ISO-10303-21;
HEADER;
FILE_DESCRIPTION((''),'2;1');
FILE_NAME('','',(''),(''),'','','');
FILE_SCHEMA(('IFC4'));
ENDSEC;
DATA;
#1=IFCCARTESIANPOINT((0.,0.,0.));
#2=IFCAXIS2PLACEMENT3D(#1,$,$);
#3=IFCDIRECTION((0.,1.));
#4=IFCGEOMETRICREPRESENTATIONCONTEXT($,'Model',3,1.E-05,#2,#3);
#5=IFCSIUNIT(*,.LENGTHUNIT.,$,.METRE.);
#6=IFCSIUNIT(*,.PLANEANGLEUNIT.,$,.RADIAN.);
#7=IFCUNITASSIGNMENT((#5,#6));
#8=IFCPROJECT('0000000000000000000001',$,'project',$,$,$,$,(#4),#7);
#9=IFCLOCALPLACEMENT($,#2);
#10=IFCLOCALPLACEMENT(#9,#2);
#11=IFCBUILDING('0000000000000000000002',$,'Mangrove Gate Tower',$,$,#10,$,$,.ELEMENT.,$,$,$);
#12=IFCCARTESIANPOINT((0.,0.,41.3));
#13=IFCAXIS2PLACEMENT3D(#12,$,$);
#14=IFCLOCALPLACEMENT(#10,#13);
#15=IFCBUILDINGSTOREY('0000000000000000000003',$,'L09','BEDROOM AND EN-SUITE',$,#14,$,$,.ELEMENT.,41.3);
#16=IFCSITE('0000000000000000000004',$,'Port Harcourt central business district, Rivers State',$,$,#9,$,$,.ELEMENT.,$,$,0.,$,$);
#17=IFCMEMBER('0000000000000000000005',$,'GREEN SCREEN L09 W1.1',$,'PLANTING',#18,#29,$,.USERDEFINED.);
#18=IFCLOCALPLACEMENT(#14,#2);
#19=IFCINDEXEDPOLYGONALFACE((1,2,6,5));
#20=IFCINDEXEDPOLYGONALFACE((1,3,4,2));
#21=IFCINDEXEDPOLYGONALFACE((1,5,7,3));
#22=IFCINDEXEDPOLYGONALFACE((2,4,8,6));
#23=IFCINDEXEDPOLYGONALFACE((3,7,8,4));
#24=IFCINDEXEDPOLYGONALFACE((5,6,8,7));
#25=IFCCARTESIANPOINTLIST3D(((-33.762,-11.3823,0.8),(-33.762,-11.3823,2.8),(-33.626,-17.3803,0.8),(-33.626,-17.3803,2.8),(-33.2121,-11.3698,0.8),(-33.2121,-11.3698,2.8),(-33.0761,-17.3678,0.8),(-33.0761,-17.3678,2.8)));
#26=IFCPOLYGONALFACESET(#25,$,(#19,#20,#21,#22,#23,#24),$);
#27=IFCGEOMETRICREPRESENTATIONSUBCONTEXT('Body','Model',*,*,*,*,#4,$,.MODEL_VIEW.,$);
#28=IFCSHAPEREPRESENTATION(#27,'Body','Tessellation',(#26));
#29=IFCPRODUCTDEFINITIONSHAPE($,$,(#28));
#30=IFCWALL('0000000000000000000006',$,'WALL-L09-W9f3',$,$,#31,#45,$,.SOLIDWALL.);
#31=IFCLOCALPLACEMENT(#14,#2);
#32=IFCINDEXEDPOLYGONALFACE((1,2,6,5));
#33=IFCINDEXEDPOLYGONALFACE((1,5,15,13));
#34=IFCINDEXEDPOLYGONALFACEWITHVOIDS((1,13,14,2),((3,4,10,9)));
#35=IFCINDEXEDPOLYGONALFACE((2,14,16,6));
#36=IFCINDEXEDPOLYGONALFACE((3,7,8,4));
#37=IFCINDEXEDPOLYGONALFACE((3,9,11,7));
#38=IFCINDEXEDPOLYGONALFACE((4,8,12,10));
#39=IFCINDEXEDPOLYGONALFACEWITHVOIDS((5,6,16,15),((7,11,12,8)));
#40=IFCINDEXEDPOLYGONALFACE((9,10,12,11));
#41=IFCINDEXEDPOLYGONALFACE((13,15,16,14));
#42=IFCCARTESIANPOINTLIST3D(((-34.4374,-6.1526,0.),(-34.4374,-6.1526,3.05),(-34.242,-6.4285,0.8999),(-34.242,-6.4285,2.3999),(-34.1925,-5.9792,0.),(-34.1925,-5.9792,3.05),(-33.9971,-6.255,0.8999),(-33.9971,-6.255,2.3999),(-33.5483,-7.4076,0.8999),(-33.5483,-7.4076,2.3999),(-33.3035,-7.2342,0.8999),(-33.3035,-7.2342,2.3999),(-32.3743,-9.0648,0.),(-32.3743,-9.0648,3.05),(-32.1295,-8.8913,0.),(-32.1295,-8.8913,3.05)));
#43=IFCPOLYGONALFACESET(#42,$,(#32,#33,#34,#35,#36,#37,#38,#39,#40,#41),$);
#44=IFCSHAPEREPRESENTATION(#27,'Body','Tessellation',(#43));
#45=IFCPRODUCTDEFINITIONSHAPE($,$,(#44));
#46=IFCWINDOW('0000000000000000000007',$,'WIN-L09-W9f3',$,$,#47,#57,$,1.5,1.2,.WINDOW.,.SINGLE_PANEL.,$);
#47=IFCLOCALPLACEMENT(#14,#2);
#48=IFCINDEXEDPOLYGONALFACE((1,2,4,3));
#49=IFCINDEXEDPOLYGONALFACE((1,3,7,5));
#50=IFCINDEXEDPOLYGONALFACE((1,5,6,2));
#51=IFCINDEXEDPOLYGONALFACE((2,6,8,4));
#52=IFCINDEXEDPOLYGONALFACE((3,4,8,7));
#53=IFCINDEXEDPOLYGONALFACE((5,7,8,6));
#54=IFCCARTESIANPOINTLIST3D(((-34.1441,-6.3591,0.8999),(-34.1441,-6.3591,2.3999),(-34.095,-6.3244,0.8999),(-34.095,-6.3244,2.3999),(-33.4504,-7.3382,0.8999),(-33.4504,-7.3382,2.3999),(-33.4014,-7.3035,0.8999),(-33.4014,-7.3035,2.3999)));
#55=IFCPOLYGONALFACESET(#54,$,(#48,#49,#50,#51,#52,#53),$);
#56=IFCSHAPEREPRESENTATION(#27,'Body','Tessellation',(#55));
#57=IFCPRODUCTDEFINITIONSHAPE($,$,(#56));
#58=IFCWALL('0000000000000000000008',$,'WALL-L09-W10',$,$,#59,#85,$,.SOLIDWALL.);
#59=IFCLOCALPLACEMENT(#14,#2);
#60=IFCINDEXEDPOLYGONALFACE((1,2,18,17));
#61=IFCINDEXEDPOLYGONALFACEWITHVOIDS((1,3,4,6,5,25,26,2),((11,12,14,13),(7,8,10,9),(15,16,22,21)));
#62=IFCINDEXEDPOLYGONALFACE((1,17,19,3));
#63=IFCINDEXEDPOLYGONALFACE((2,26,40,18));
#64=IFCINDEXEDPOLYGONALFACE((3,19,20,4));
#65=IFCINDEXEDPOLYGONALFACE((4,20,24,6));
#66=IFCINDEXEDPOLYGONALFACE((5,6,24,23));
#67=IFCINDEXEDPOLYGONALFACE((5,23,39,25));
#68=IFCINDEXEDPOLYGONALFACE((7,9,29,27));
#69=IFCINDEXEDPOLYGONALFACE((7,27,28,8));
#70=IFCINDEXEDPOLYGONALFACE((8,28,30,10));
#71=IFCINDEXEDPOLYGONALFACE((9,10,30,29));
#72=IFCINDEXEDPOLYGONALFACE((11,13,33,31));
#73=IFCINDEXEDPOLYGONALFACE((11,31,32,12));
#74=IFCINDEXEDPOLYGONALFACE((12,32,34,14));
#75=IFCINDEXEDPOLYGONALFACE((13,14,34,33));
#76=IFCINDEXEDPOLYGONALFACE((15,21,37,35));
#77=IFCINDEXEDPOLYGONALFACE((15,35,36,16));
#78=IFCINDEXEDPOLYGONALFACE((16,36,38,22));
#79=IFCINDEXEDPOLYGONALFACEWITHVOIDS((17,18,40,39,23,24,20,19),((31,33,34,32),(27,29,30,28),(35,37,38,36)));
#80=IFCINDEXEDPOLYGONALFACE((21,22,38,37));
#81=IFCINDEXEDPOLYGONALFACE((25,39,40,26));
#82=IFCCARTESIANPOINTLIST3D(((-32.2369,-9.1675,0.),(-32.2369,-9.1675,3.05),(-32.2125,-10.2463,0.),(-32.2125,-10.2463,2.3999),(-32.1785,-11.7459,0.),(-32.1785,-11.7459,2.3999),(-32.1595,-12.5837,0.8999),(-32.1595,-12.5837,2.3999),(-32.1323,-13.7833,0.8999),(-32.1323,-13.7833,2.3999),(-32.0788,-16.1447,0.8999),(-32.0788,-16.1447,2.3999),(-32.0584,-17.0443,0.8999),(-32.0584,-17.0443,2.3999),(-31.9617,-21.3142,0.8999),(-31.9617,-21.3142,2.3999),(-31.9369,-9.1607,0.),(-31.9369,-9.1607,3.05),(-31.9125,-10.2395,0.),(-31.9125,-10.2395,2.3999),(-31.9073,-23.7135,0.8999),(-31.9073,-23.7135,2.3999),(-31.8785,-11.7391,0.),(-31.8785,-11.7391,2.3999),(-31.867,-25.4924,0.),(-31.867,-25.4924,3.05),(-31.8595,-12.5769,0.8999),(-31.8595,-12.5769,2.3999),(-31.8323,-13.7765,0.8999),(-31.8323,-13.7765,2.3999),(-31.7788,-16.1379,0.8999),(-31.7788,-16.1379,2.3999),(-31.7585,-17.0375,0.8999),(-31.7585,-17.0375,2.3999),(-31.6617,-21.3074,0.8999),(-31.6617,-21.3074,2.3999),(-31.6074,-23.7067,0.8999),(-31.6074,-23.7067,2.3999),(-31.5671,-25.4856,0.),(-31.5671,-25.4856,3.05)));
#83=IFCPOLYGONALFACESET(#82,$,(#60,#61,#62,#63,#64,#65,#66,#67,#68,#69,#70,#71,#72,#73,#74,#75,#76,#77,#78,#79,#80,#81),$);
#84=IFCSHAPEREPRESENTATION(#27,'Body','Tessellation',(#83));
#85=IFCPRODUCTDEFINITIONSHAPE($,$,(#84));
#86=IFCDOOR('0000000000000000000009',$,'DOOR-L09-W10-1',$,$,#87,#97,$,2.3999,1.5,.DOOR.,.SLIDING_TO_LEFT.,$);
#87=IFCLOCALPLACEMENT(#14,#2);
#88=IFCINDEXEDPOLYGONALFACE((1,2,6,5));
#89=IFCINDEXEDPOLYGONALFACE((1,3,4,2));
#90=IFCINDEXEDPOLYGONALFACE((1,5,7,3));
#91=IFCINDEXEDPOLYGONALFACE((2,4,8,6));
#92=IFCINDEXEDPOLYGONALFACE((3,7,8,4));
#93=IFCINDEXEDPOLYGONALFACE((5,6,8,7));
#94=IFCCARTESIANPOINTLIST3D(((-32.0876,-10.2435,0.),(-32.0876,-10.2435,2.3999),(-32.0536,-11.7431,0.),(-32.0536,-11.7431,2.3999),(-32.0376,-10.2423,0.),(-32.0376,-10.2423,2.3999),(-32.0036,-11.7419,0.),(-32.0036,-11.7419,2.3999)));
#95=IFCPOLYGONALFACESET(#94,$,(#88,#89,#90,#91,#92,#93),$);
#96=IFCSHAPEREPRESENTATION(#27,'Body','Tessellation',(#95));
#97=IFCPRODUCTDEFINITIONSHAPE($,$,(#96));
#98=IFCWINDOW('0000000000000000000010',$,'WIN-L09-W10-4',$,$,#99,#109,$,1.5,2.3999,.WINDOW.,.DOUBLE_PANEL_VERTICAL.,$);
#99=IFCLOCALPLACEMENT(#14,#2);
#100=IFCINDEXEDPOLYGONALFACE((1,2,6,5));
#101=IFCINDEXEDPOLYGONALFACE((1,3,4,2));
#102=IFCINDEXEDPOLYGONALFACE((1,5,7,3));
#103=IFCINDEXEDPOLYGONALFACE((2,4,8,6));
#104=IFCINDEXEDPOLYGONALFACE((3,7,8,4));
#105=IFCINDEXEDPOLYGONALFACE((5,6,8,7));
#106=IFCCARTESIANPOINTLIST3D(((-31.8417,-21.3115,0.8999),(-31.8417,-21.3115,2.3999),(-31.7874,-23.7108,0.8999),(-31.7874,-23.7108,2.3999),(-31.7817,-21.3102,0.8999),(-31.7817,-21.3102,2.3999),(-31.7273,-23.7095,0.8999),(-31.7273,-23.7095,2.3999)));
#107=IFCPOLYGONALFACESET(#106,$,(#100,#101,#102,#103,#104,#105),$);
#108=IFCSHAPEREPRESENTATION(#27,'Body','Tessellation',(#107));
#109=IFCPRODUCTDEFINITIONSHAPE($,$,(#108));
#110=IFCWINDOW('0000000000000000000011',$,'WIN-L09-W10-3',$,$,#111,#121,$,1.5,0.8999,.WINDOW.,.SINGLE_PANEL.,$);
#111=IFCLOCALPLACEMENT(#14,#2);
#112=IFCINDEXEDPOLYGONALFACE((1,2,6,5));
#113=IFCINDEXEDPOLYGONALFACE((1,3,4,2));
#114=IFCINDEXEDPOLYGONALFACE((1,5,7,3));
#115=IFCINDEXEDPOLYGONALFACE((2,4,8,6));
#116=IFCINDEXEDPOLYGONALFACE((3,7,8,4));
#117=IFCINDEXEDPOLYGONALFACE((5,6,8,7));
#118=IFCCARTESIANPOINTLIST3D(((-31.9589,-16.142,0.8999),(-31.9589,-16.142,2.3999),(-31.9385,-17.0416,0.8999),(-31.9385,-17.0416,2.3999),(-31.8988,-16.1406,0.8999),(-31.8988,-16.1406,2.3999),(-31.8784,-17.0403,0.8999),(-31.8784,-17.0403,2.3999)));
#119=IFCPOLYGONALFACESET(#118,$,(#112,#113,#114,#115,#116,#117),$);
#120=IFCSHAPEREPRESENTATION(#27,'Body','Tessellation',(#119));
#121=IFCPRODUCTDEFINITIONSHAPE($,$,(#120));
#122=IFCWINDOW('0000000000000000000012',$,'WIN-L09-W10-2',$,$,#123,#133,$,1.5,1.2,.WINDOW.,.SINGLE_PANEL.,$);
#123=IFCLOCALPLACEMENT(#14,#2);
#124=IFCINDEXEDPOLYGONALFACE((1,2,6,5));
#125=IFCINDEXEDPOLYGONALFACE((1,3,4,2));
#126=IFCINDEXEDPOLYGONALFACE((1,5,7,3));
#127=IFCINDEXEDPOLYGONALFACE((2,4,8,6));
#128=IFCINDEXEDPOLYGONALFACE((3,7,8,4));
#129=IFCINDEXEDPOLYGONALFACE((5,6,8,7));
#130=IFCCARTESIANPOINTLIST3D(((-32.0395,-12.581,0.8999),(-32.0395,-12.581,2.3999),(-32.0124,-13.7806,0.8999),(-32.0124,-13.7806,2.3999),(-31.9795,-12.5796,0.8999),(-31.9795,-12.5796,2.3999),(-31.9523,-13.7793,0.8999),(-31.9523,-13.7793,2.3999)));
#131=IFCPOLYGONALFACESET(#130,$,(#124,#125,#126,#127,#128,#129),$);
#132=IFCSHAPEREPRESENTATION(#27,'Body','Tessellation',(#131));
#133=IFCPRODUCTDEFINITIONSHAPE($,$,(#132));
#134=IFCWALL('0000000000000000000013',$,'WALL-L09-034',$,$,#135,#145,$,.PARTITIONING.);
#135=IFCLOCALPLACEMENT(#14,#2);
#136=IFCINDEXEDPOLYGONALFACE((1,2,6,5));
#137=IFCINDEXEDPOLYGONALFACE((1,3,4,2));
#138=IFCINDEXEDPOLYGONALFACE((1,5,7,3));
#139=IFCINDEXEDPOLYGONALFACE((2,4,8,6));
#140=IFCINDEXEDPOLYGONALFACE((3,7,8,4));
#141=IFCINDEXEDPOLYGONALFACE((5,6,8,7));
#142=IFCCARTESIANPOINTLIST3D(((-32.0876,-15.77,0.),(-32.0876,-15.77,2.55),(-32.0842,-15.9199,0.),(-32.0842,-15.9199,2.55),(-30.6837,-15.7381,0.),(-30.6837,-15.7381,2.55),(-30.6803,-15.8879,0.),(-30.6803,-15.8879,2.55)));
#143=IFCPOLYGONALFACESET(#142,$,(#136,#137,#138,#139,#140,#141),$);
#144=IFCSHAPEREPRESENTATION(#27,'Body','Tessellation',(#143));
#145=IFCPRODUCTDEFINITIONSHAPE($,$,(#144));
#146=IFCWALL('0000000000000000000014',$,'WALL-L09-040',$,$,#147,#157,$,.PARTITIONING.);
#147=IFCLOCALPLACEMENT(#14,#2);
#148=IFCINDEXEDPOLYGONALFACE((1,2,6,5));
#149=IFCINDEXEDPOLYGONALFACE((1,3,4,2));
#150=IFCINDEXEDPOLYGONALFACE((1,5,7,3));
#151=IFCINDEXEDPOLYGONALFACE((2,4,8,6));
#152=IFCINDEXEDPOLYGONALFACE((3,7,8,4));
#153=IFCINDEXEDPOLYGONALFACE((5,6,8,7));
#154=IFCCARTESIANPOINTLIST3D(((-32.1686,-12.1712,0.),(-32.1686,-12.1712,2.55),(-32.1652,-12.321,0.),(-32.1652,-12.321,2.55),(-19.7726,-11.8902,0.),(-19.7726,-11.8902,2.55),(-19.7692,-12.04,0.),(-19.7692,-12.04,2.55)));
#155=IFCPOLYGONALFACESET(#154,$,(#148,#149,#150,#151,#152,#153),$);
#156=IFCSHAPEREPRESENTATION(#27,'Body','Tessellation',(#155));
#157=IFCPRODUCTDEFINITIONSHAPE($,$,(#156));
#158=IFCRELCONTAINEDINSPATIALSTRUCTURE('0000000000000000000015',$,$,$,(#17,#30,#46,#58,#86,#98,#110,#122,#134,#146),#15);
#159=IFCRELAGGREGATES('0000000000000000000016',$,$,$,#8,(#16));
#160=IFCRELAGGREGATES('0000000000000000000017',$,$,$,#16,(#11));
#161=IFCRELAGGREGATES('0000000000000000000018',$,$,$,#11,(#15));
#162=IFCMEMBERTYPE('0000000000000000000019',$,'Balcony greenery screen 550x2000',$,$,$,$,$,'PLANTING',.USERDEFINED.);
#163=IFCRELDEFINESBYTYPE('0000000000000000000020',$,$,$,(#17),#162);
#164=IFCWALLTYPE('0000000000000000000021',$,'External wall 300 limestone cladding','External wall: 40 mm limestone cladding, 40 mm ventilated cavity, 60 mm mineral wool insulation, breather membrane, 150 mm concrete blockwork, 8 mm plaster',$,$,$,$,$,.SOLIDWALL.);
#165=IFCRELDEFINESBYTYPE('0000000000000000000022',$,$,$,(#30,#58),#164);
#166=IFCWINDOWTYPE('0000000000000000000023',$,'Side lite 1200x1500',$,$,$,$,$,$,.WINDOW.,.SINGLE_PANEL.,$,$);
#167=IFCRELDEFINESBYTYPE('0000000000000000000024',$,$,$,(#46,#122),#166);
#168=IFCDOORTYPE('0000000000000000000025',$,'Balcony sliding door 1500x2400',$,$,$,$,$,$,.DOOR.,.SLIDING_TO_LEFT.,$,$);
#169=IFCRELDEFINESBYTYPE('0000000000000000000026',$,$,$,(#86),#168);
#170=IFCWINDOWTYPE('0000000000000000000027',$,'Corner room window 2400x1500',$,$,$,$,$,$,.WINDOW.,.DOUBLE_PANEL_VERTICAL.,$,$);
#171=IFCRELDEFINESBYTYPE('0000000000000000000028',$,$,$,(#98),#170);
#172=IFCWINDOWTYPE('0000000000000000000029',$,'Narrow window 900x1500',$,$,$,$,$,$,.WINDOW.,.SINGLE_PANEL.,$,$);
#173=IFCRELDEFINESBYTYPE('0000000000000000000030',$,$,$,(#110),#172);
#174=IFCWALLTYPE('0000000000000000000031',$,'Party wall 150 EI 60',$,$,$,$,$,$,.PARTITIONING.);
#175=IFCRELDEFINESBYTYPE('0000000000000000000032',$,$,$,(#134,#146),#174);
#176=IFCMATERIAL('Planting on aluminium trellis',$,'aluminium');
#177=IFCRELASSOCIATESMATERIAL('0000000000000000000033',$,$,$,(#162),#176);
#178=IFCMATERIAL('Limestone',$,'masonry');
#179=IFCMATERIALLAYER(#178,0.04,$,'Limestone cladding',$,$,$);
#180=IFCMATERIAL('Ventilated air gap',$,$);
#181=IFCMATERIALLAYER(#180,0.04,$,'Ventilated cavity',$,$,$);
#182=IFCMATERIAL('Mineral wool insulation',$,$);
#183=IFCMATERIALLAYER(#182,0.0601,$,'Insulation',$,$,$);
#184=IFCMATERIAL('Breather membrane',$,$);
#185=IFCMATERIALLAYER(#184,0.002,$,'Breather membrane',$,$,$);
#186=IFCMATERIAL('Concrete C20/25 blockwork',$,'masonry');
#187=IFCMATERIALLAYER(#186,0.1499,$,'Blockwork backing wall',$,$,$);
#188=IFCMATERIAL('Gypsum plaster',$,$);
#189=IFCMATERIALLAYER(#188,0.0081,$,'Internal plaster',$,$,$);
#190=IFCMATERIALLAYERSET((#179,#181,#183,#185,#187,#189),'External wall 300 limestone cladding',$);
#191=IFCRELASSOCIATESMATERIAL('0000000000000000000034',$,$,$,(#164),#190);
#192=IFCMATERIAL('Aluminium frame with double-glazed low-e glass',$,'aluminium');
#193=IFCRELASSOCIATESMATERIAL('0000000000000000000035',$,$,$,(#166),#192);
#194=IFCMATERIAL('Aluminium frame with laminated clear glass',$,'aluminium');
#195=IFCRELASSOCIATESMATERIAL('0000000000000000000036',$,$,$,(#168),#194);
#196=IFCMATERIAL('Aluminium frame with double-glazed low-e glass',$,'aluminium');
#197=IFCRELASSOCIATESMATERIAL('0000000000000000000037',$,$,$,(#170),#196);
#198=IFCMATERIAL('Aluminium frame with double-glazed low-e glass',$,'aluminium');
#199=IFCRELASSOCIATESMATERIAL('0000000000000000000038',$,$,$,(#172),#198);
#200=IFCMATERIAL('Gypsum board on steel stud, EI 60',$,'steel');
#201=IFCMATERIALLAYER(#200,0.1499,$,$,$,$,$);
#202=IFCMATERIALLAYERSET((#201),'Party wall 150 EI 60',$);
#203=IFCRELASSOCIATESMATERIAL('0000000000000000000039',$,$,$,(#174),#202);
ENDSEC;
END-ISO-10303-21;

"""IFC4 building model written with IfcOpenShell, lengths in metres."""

from ifc_helpers import new_model, si_unit, direction, frame, frame_2d, origin, origin_2d, place, context, subcontext, project, spatial, rectangle, extrude, material, layer, layer_set, material_profile, profile_set, type_object, element, fill, save


model = new_model("IFC4")

# Units and contexts
model_context = context("Model", 3, precision=1e-05, world=origin(), true_north=direction((0.0, 1.0)))
body_context = subcontext(model_context, "Body", "Model", "MODEL_VIEW")
ifc_project = project(units=[si_unit("LENGTHUNIT", "METRE"), si_unit("PLANEANGLEUNIT", "RADIAN")], contexts=[model_context])

# Site, building, storey
site_placement = place(None, origin())
site = spatial("IfcSite", under=ifc_project, at=site_placement, Name="Port Harcourt central business district, Rivers State", CompositionType="ELEMENT", RefElevation=0.0)
building_placement = place(site_placement, origin())
building = spatial("IfcBuilding", under=site, at=building_placement, Name="Mangrove Gate Tower", CompositionType="ELEMENT")
storey_placement = place(building_placement, frame((0.0, 0.0, 41.3)))
storey = spatial("IfcBuildingStorey", under=building, at=storey_placement, Name="L09", Description="BEDROOM AND EN-SUITE", CompositionType="ELEMENT", Elevation=41.3)

# Member
ifc_material_1 = material(Name="Planting on aluminium trellis", Category="aluminium")
ifc_material_profile = material_profile(ifc_material_1, rectangle(XDim=0.55, YDim=2.0, at=origin_2d()))
ifc_profile_set = profile_set([ifc_material_profile], Name="Planting on aluminium trellis")
member_type = type_object("IfcMemberType", Name="Balcony greenery screen 550x2000", ElementType="PLANTING", PredefinedType="USERDEFINED", material=ifc_profile_set)
member_placement = place(storey_placement, frame((-33.3511, -17.374, 1.8), z_axis=(-0.022666, 0.999743, 0.0), x_axis=(-0.999743, -0.022666, 0.0)))
element("IfcMember", 1, at=member_placement, inside=storey, type_object=member_type, Name="GREEN SCREEN L09 W1.1", ObjectType="PLANTING", PredefinedType="USERDEFINED", context=body_context, shape_type="SweptSolid", body=[
    extrude(rectangle(XDim=0.55, YDim=2.0, at=origin_2d()), origin(), (0.0, 0.0, 1.0), 5.9995),
])

# Wall, opening, window
ifc_material_2 = material(Name="Limestone", Category="masonry")
ifc_layer_1 = layer(ifc_material_2, 0.04, Name="Limestone cladding")
ifc_material_3 = material(Name="Ventilated air gap")
ifc_layer_2 = layer(ifc_material_3, 0.04, Name="Ventilated cavity")
ifc_material_4 = material(Name="Mineral wool insulation")
ifc_layer_3 = layer(ifc_material_4, 0.0601, Name="Insulation")
ifc_material_5 = material(Name="Breather membrane")
ifc_layer_4 = layer(ifc_material_5, 0.002, Name="Breather membrane")
ifc_material_6 = material(Name="Concrete C20/25 blockwork", Category="masonry")
ifc_layer_5 = layer(ifc_material_6, 0.1499, Name="Blockwork backing wall")
ifc_material_7 = material(Name="Gypsum plaster")
ifc_layer_6 = layer(ifc_material_7, 0.0081, Name="Internal plaster")
ifc_layer_set_1 = layer_set([ifc_layer_1, ifc_layer_2, ifc_layer_3, ifc_layer_4, ifc_layer_5, ifc_layer_6], Name="External wall 300 limestone cladding")
wall_type_1 = type_object("IfcWallType", Name="External wall 300 limestone cladding", Description="External wall: 40 mm limestone cladding, 40 mm ventilated cavity, 60 mm mineral wool insulation, breather membrane, 150 mm concrete blockwork, 8 mm plaster", PredefinedType="SOLIDWALL", material=ifc_layer_set_1)
wall_1_placement = place(storey_placement, frame((-34.3149, -6.0659, 0.0), z_axis=(0.0, 0.0, 1.0), x_axis=(0.578063, -0.815992, 0.0)))
wall_1 = element("IfcWall", 2, at=wall_1_placement, inside=storey, type_object=wall_type_1, Name="WALL-L09-W9f3", PredefinedType="SOLIDWALL", context=body_context, shape_type="SweptSolid", body=[
    extrude(rectangle(XDim=3.5688, YDim=0.3, at=frame_2d((1.7844, 0.0))), origin(), (0.0, 0.0, 1.0), 3.05),
])
opening_1_placement = place(wall_1_placement, frame((0.3379, 0.0, 0.8999)))
opening_1 = element("IfcOpeningElement", 3, at=opening_1_placement, cuts=wall_1, PredefinedType="OPENING", context=body_context, shape_type="SweptSolid", body=[
    extrude(rectangle(XDim=1.2, YDim=1.5, at=frame_2d((0.6001, 0.75))), frame((0.0, 0.1599, 0.0), z_axis=(0.0, -1.0, 0.0), x_axis=(1.0, 0.0, 0.0)), (0.0, 0.0, 1.0), 0.3201),
])
ifc_material_8 = material(Name="Aluminium frame with double-glazed low-e glass", Category="aluminium")
window_type_1 = type_object("IfcWindowType", Name="Side lite 1200x1500", PartitioningType="SINGLE_PANEL", PredefinedType="WINDOW", material=ifc_material_8)
window_1_placement = place(opening_1_placement, origin())
window_1 = element("IfcWindow", 4, at=window_1_placement, inside=storey, type_object=window_type_1, Name="WIN-L09-W9f3", OverallHeight=1.5, OverallWidth=1.2, PartitioningType="SINGLE_PANEL", PredefinedType="WINDOW", context=body_context, shape_type="SweptSolid", body=[
    extrude(rectangle(XDim=1.2, YDim=1.5, at=frame_2d((0.6001, 0.75))), frame((0.0, 0.03, 0.0), z_axis=(0.0, -1.0, 0.0), x_axis=(1.0, 0.0, 0.0)), (0.0, 0.0, 1.0), 0.0601),
])
fill(opening_1, window_1)

# Wall, openings, door, windows
wall_2_placement = place(storey_placement, frame((-32.0869, -9.1641, 0.0), z_axis=(0.0, 0.0, 1.0), x_axis=(0.022651, -0.999743, 0.0)))
wall_2 = element("IfcWall", 5, at=wall_2_placement, inside=storey, type_object=wall_type_1, Name="WALL-L09-W10", PredefinedType="SOLIDWALL", context=body_context, shape_type="SweptSolid", body=[
    extrude(rectangle(XDim=16.3291, YDim=0.3, at=frame_2d((8.1646, 0.0))), origin(), (0.0, 0.0, 1.0), 3.05),
])
opening_2_placement = place(wall_2_placement, frame((1.0791, 0.0, 0.0)))
opening_2 = element("IfcOpeningElement", 6, at=opening_2_placement, cuts=wall_2, PredefinedType="OPENING", context=body_context, shape_type="SweptSolid", body=[
    extrude(rectangle(XDim=1.5, YDim=2.3999, at=frame_2d((0.75, 1.2))), frame((0.0, 0.1599, 0.0), z_axis=(0.0, -1.0, 0.0), x_axis=(1.0, 0.0, 0.0)), (0.0, 0.0, 1.0), 0.3201),
])
opening_3_placement = place(wall_2_placement, frame((3.417, 0.0, 0.8999)))
opening_3 = element("IfcOpeningElement", 7, at=opening_3_placement, cuts=wall_2, PredefinedType="OPENING", context=body_context, shape_type="SweptSolid", body=[
    extrude(rectangle(XDim=1.2, YDim=1.5, at=frame_2d((0.6001, 0.75))), frame((0.0, 0.1599, 0.0), z_axis=(0.0, -1.0, 0.0), x_axis=(1.0, 0.0, 0.0)), (0.0, 0.0, 1.0), 0.3201),
])
opening_4_placement = place(wall_2_placement, frame((6.979, 0.0, 0.8999)))
opening_4 = element("IfcOpeningElement", 8, at=opening_4_placement, cuts=wall_2, PredefinedType="OPENING", context=body_context, shape_type="SweptSolid", body=[
    extrude(rectangle(XDim=0.8999, YDim=1.5, at=frame_2d((0.45, 0.75))), frame((0.0, 0.1599, 0.0), z_axis=(0.0, -1.0, 0.0), x_axis=(1.0, 0.0, 0.0)), (0.0, 0.0, 1.0), 0.3201),
])
opening_5_placement = place(wall_2_placement, frame((12.1499, 0.0, 0.8999)))
opening_5 = element("IfcOpeningElement", 9, at=opening_5_placement, cuts=wall_2, PredefinedType="OPENING", context=body_context, shape_type="SweptSolid", body=[
    extrude(rectangle(XDim=2.3999, YDim=1.5, at=frame_2d((1.2, 0.75))), frame((0.0, 0.1599, 0.0), z_axis=(0.0, -1.0, 0.0), x_axis=(1.0, 0.0, 0.0)), (0.0, 0.0, 1.0), 0.3201),
])
ifc_material_9 = material(Name="Aluminium frame with laminated clear glass", Category="aluminium")
door_type = type_object("IfcDoorType", Name="Balcony sliding door 1500x2400", OperationType="SLIDING_TO_LEFT", PredefinedType="DOOR", material=ifc_material_9)
door_placement = place(opening_2_placement, origin())
door = element("IfcDoor", 10, at=door_placement, inside=storey, type_object=door_type, Name="DOOR-L09-W10-1", OperationType="SLIDING_TO_LEFT", OverallHeight=2.3999, OverallWidth=1.5, PredefinedType="DOOR", context=body_context, shape_type="SweptSolid", body=[
    extrude(rectangle(XDim=1.5, YDim=2.3999, at=frame_2d((0.75, 1.2))), frame((0.0, 0.0249, 0.0), z_axis=(0.0, -1.0, 0.0), x_axis=(1.0, 0.0, 0.0)), (0.0, 0.0, 1.0), 0.05),
])
fill(opening_2, door)
ifc_material_10 = material(Name="Aluminium frame with double-glazed low-e glass", Category="aluminium")
window_type_2 = type_object("IfcWindowType", Name="Corner room window 2400x1500", PartitioningType="DOUBLE_PANEL_VERTICAL", PredefinedType="WINDOW", material=ifc_material_10)
window_2_placement = place(opening_5_placement, origin())
window_2 = element("IfcWindow", 11, at=window_2_placement, inside=storey, type_object=window_type_2, Name="WIN-L09-W10-4", OverallHeight=1.5, OverallWidth=2.3999, PartitioningType="DOUBLE_PANEL_VERTICAL", PredefinedType="WINDOW", context=body_context, shape_type="SweptSolid", body=[
    extrude(rectangle(XDim=2.3999, YDim=1.5, at=frame_2d((1.2, 0.75))), frame((0.0, 0.03, 0.0), z_axis=(0.0, -1.0, 0.0), x_axis=(1.0, 0.0, 0.0)), (0.0, 0.0, 1.0), 0.0601),
])
fill(opening_5, window_2)
ifc_material_11 = material(Name="Aluminium frame with double-glazed low-e glass", Category="aluminium")
window_type_3 = type_object("IfcWindowType", Name="Narrow window 900x1500", PartitioningType="SINGLE_PANEL", PredefinedType="WINDOW", material=ifc_material_11)
window_3_placement = place(opening_4_placement, origin())
window_3 = element("IfcWindow", 12, at=window_3_placement, inside=storey, type_object=window_type_3, Name="WIN-L09-W10-3", OverallHeight=1.5, OverallWidth=0.8999, PartitioningType="SINGLE_PANEL", PredefinedType="WINDOW", context=body_context, shape_type="SweptSolid", body=[
    extrude(rectangle(XDim=0.8999, YDim=1.5, at=frame_2d((0.45, 0.75))), frame((0.0, 0.03, 0.0), z_axis=(0.0, -1.0, 0.0), x_axis=(1.0, 0.0, 0.0)), (0.0, 0.0, 1.0), 0.0601),
])
fill(opening_4, window_3)
window_4_placement = place(opening_3_placement, origin())
window_4 = element("IfcWindow", 13, at=window_4_placement, inside=storey, type_object=window_type_1, Name="WIN-L09-W10-2", OverallHeight=1.5, OverallWidth=1.2, PartitioningType="SINGLE_PANEL", PredefinedType="WINDOW", context=body_context, shape_type="SweptSolid", body=[
    extrude(rectangle(XDim=1.2, YDim=1.5, at=frame_2d((0.6001, 0.75))), frame((0.0, 0.03, 0.0), z_axis=(0.0, -1.0, 0.0), x_axis=(1.0, 0.0, 0.0)), (0.0, 0.0, 1.0), 0.0601),
])
fill(opening_3, window_4)

# Walls
ifc_material_12 = material(Name="Gypsum board on steel stud, EI 60", Category="steel")
ifc_layer_7 = layer(ifc_material_12, 0.1499)
ifc_layer_set_2 = layer_set([ifc_layer_7], Name="Party wall 150 EI 60")
wall_type_2 = type_object("IfcWallType", Name="Party wall 150 EI 60", PredefinedType="PARTITIONING", material=ifc_layer_set_2)
wall_3_placement = place(storey_placement, frame((-32.0859, -15.845, 0.0), z_axis=(0.0, 0.0, 1.0), x_axis=(0.999741, 0.022773, 0.0)))
element("IfcWall", 14, at=wall_3_placement, inside=storey, type_object=wall_type_2, Name="WALL-L09-034", PredefinedType="PARTITIONING", context=body_context, shape_type="SweptSolid", body=[
    extrude(rectangle(XDim=1.4043, YDim=0.1499, at=frame_2d((0.7021, 0.0))), origin(), (0.0, 0.0, 1.0), 2.55),
])
wall_4_placement = place(storey_placement, frame((-32.167, -12.2461, 0.0), z_axis=(0.0, 0.0, 1.0), x_axis=(0.999743, 0.022663, 0.0)))
element("IfcWall", 15, at=wall_4_placement, inside=storey, type_object=wall_type_2, Name="WALL-L09-040", PredefinedType="PARTITIONING", context=body_context, shape_type="SweptSolid", body=[
    extrude(rectangle(XDim=12.3992, YDim=0.1499, at=frame_2d((6.1997, 0.0))), origin(), (0.0, 0.0, 1.0), 2.55),
])

save(model, "model.ifc")
